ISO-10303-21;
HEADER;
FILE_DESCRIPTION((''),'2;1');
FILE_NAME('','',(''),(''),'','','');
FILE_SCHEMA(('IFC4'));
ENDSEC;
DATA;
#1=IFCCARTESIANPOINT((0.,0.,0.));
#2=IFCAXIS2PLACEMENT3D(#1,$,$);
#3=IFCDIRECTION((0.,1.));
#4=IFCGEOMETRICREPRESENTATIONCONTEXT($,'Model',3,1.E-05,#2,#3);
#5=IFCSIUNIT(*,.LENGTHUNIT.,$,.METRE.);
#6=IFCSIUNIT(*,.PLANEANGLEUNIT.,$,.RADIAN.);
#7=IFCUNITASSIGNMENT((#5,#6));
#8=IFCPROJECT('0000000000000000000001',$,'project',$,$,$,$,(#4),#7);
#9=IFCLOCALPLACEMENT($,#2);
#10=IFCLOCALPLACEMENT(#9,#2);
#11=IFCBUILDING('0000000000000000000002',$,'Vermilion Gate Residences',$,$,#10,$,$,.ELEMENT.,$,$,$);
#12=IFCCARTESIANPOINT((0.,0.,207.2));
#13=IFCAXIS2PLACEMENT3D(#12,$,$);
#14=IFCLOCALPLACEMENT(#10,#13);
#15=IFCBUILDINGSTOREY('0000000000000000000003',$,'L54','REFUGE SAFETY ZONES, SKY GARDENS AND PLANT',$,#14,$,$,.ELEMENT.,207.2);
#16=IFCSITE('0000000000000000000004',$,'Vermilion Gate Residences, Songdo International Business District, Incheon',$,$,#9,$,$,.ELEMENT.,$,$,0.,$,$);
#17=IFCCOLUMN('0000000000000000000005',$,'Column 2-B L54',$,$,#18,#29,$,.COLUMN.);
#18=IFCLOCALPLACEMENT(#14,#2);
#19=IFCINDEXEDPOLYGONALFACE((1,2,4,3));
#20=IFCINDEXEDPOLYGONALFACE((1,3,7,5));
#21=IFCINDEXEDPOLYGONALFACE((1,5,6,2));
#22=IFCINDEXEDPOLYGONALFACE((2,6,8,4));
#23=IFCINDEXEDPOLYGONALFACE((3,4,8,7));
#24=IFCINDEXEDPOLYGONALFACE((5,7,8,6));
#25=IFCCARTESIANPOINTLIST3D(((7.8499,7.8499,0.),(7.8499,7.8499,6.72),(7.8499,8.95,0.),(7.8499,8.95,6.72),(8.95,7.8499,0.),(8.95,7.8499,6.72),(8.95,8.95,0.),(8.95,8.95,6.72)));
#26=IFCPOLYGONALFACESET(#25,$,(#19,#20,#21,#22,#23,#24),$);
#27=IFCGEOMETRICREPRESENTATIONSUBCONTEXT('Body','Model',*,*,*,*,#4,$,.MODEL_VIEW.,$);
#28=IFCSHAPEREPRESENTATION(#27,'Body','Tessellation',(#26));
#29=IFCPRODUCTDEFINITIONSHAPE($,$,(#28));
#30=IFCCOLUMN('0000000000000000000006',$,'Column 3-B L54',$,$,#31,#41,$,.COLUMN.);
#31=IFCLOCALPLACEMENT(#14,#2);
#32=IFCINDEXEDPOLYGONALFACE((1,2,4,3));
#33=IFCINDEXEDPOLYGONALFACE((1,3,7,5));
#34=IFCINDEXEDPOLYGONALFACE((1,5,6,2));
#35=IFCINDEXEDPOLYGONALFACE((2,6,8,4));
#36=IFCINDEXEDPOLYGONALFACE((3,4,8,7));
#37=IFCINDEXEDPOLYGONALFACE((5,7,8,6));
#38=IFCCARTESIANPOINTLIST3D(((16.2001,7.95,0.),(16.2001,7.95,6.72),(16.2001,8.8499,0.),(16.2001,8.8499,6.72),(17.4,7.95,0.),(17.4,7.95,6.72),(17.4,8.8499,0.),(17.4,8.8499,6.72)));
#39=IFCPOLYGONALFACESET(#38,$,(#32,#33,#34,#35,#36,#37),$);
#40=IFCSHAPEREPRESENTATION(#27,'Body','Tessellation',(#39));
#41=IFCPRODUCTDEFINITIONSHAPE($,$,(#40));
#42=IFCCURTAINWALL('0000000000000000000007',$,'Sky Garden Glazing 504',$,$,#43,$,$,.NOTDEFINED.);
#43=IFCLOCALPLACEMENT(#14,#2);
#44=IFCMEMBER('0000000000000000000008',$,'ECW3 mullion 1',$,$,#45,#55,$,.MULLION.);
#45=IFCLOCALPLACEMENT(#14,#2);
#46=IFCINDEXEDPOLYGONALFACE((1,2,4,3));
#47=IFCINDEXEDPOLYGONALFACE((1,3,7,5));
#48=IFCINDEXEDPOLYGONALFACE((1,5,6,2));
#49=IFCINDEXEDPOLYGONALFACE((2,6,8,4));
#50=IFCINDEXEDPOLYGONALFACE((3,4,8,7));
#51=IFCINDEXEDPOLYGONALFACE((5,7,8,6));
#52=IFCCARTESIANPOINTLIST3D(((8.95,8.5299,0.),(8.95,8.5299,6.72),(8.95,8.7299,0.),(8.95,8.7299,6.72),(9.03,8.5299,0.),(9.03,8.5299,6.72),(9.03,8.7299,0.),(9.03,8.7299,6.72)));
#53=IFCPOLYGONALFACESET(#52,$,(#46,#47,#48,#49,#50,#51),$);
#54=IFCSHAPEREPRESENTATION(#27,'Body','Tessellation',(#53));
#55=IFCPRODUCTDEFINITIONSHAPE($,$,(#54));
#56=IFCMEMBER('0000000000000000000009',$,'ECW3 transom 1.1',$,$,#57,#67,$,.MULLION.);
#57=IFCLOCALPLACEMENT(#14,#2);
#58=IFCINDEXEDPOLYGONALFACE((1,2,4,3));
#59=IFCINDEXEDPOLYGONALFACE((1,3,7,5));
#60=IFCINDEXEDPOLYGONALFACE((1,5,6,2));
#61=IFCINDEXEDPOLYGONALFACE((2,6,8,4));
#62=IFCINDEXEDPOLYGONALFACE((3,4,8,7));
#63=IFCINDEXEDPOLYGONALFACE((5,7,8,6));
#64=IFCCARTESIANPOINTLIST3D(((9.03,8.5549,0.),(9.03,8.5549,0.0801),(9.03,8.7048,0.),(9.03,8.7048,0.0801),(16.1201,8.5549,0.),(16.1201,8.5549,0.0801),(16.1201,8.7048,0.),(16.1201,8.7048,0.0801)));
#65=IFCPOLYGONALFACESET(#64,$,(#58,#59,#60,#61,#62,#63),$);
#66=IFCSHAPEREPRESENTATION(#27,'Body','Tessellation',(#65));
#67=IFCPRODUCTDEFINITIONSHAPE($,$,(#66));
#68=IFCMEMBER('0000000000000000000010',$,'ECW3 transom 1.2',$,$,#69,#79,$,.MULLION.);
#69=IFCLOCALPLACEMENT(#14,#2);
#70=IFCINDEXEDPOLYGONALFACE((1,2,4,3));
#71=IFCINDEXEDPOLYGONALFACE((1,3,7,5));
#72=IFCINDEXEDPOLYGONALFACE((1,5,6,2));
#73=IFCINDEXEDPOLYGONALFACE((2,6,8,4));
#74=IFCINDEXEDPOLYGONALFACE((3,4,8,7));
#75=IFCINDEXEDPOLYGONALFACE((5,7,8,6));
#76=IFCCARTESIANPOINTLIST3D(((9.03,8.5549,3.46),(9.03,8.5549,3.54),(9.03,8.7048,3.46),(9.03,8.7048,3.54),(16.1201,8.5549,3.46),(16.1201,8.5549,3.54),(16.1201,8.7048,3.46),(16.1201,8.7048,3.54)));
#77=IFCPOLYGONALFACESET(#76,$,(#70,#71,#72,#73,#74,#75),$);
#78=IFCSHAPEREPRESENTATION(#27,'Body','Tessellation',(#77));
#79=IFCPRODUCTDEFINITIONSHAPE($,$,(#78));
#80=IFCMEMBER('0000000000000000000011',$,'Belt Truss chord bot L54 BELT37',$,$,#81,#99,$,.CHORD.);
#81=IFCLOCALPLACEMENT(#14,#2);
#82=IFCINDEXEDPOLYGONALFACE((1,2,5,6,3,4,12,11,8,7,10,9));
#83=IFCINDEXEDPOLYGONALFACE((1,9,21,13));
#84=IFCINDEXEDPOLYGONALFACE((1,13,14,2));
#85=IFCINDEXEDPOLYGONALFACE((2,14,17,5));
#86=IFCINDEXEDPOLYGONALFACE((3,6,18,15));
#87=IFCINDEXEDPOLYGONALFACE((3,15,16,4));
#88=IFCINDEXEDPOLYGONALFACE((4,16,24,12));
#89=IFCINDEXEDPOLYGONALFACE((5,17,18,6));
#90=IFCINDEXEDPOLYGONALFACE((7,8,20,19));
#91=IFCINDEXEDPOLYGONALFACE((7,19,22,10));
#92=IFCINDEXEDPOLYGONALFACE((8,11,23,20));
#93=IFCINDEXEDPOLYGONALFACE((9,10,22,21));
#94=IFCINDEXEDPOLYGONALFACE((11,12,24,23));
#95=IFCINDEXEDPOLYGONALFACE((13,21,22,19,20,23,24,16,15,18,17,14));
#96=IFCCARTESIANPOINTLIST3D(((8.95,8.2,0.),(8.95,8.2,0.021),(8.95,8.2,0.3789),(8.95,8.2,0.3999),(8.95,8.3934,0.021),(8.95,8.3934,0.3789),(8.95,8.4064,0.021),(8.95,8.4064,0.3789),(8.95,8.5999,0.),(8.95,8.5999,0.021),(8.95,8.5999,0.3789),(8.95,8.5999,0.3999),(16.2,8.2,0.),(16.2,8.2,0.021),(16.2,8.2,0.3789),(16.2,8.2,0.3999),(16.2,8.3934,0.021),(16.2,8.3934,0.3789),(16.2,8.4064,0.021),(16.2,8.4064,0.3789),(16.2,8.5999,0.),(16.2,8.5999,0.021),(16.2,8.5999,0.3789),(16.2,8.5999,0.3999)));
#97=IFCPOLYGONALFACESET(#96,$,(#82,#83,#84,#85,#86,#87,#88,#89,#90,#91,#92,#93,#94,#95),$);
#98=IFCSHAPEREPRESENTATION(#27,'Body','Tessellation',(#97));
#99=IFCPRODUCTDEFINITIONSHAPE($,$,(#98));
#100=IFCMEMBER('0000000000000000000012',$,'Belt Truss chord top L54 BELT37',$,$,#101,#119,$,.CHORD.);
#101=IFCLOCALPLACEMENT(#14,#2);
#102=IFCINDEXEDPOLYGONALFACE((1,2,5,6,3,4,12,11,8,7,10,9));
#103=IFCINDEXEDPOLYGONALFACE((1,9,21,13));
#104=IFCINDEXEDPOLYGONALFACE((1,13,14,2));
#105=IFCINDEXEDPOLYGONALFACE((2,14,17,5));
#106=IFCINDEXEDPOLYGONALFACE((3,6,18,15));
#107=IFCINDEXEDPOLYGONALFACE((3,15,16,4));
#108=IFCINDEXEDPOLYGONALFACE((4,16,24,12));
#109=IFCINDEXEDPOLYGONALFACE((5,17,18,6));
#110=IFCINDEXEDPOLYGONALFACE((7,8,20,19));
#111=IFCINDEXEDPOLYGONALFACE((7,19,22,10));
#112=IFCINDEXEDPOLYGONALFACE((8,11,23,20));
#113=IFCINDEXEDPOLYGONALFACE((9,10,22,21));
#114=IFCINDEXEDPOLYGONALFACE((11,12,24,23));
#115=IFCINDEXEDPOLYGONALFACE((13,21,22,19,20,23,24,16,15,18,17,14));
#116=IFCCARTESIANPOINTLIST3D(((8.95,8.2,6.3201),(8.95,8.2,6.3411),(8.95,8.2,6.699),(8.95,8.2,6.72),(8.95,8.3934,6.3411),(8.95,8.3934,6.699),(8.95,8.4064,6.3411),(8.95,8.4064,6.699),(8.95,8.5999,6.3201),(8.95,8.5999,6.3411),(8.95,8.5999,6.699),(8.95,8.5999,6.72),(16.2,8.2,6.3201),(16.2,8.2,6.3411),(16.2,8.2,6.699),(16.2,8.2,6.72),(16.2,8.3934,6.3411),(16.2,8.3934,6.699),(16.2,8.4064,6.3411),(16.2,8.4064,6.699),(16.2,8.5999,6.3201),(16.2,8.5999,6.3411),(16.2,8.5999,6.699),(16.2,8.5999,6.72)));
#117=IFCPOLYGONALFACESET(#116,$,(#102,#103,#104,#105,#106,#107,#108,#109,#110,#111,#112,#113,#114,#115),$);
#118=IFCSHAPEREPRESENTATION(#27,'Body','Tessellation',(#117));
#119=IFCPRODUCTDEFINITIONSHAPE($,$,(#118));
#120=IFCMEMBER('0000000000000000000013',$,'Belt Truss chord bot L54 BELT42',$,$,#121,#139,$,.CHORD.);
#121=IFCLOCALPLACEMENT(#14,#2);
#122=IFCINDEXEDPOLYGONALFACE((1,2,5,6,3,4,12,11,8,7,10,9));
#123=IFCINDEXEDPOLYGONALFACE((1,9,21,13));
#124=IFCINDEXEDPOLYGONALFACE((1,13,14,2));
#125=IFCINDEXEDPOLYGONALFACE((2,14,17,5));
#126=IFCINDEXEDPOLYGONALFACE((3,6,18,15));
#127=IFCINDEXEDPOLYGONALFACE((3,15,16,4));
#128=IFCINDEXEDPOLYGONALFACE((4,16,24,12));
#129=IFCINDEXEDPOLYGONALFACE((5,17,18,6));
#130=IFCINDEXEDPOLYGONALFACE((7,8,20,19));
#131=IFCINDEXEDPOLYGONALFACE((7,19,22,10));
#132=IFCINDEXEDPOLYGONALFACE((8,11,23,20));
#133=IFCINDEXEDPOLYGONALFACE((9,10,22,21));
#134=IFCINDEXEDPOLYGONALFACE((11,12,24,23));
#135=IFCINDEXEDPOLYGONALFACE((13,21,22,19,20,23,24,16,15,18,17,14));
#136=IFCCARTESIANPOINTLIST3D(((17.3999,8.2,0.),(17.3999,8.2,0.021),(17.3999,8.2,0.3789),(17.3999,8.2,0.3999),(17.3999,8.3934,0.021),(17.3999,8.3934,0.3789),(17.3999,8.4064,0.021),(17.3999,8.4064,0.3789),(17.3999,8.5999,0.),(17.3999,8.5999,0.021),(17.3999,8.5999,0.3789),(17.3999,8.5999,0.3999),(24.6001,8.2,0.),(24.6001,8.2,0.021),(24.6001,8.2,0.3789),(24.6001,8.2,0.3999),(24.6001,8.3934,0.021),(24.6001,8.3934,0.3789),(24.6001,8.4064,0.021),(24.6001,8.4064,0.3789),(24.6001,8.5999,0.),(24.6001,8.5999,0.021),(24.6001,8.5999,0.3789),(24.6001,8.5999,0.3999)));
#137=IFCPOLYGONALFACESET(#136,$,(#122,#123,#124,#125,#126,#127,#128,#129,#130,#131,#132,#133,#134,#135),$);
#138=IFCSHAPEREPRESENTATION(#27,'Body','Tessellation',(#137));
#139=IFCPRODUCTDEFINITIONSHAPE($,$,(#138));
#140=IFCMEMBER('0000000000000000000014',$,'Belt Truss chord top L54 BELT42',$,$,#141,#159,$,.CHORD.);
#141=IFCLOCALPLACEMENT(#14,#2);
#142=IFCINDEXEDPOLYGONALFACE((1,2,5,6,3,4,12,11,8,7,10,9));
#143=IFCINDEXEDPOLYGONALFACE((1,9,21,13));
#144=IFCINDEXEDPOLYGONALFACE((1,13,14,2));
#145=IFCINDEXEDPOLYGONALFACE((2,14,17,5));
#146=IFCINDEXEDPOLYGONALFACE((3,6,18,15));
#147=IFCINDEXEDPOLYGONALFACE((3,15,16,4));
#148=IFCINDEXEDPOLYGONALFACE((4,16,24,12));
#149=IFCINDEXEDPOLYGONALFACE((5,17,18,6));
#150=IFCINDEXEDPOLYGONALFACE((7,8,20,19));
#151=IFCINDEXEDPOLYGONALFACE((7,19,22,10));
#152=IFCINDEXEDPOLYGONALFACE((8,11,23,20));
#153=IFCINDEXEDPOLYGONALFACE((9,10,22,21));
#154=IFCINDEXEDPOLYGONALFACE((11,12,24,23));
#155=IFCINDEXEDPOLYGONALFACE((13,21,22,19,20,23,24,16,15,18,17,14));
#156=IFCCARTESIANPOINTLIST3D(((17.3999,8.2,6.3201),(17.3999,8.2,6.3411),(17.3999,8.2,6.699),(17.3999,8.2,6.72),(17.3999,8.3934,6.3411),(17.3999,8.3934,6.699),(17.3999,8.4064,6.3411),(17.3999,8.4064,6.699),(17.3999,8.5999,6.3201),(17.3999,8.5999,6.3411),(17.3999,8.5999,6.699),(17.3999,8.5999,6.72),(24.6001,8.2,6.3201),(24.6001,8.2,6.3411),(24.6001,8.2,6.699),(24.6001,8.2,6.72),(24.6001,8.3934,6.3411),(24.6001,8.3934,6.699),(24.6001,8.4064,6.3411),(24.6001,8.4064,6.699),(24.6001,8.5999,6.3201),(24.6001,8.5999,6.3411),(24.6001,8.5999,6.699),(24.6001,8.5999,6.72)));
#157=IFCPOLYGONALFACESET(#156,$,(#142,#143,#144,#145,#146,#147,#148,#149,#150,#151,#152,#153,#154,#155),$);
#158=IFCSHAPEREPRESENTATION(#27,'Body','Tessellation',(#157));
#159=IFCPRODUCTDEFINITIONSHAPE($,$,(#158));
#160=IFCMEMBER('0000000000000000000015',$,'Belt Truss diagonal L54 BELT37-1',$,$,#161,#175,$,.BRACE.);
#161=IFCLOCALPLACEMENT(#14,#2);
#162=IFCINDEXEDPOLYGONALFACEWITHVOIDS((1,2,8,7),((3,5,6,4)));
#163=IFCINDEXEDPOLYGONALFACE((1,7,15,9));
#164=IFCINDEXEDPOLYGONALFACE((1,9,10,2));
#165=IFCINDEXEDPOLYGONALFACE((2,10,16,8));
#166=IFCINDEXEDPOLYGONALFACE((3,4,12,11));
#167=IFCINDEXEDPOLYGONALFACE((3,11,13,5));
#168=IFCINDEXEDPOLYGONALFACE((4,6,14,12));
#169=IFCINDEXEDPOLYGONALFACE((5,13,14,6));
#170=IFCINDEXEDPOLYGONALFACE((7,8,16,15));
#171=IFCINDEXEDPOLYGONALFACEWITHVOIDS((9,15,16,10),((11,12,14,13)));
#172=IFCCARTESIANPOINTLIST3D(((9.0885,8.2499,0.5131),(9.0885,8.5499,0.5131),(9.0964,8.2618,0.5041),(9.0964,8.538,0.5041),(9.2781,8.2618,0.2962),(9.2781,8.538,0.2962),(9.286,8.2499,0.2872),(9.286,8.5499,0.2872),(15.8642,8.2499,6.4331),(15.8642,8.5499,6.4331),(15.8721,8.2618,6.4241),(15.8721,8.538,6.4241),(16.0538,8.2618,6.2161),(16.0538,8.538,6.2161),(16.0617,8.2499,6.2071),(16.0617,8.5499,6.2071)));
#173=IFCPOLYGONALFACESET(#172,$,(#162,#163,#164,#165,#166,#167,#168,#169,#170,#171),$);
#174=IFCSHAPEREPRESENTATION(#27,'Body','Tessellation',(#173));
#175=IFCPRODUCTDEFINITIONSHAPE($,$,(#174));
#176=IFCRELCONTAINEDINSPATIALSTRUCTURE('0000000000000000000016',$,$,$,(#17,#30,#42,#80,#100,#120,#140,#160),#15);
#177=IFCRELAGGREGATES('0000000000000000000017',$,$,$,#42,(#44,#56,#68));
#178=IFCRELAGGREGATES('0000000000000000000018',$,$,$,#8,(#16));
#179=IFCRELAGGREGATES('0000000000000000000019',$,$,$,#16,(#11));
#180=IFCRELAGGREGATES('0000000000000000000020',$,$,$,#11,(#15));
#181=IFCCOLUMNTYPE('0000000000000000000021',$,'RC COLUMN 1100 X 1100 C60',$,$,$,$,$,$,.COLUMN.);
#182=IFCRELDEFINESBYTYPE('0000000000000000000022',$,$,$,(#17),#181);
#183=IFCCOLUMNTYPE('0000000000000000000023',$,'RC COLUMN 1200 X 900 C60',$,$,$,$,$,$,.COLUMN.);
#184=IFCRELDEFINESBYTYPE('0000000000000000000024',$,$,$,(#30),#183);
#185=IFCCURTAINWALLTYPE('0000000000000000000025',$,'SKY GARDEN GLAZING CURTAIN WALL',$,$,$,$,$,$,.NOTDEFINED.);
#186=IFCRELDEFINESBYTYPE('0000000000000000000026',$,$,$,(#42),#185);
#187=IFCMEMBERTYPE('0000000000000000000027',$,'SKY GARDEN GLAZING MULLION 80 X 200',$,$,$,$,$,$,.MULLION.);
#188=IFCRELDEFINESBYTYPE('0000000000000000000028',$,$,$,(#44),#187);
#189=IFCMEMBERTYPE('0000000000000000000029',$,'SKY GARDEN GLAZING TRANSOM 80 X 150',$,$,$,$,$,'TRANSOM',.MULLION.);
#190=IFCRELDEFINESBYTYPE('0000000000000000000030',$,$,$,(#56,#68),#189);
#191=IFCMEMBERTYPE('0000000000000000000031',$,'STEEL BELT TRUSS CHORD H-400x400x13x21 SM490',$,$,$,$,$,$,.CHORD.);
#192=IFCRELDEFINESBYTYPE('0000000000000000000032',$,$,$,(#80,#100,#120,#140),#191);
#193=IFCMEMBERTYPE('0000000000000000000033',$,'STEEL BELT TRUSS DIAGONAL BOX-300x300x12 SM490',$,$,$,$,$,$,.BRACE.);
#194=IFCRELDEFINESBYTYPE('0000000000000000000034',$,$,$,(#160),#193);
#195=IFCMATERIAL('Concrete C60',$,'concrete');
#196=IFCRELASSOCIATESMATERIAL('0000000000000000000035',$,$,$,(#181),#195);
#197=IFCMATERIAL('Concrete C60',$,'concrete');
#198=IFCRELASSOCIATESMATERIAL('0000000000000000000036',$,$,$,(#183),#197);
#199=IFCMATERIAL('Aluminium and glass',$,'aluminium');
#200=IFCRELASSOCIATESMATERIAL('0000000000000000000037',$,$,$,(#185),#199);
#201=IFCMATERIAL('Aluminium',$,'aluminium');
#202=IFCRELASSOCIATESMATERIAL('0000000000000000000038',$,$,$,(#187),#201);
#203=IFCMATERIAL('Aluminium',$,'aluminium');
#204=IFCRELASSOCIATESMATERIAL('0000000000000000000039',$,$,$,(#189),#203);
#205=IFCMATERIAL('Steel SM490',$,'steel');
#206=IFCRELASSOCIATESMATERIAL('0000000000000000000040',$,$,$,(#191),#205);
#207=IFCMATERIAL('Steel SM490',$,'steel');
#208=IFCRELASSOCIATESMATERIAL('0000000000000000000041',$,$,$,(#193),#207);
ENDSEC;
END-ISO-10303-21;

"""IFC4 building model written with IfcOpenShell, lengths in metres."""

from ifc_helpers import new_model, si_unit, direction, frame, origin, origin_2d, place, context, subcontext, project, spatial, rectangle, hollow_rectangle, i_section, extrude, material, material_profile, profile_set, type_object, element, aggregate, save


model = new_model("IFC4")

# Units and contexts
model_context = context("Model", 3, precision=1e-05, world=origin(), true_north=direction((0.0, 1.0)))
body_context = subcontext(model_context, "Body", "Model", "MODEL_VIEW")
ifc_project = project(units=[si_unit("LENGTHUNIT", "METRE"), si_unit("PLANEANGLEUNIT", "RADIAN")], contexts=[model_context])

# Site, building, storey
site_placement = place(None, origin())
site = spatial("IfcSite", under=ifc_project, at=site_placement, Name="Vermilion Gate Residences, Songdo International Business District, Incheon", CompositionType="ELEMENT", RefElevation=0.0)
building_placement = place(site_placement, origin())
building = spatial("IfcBuilding", under=site, at=building_placement, Name="Vermilion Gate Residences", CompositionType="ELEMENT")
storey_placement = place(building_placement, frame((0.0, 0.0, 207.2)))
storey = spatial("IfcBuildingStorey", under=building, at=storey_placement, Name="L54", Description="REFUGE SAFETY ZONES, SKY GARDENS AND PLANT", CompositionType="ELEMENT", Elevation=207.2)

# Columns
ifc_material_1 = material(Name="Concrete C60", Category="concrete")
ifc_material_profile_1 = material_profile(ifc_material_1, rectangle(XDim=1.1001, YDim=1.1001, at=origin_2d()), Name="RC-1100x1100")
ifc_profile_set_1 = profile_set([ifc_material_profile_1], Name="Concrete C60")
column_type_1 = type_object("IfcColumnType", Name="RC COLUMN 1100 X 1100 C60", PredefinedType="COLUMN", material=ifc_profile_set_1)
column_1_placement = place(storey_placement, frame((8.3999, 8.3999, 0.0), z_axis=(0.0, 0.0, 1.0), x_axis=(1.0, 0.0, 0.0)))
element("IfcColumn", 1, at=column_1_placement, inside=storey, type_object=column_type_1, Name="Column 2-B L54", PredefinedType="COLUMN", context=body_context, shape_type="SweptSolid", body=[
    extrude(rectangle(XDim=1.1001, YDim=1.1001, at=origin_2d()), origin(), (0.0, 0.0, 1.0), 6.72),
])
ifc_material_2 = material(Name="Concrete C60", Category="concrete")
ifc_material_profile_2 = material_profile(ifc_material_2, rectangle(XDim=1.2, YDim=0.8999, at=origin_2d()), Name="RC-1200x900")
ifc_profile_set_2 = profile_set([ifc_material_profile_2], Name="Concrete C60")
column_type_2 = type_object("IfcColumnType", Name="RC COLUMN 1200 X 900 C60", PredefinedType="COLUMN", material=ifc_profile_set_2)
column_2_placement = place(storey_placement, frame((16.8, 8.3999, 0.0), z_axis=(0.0, 0.0, 1.0), x_axis=(1.0, 0.0, 0.0)))
element("IfcColumn", 2, at=column_2_placement, inside=storey, type_object=column_type_2, Name="Column 3-B L54", PredefinedType="COLUMN", context=body_context, shape_type="SweptSolid", body=[
    extrude(rectangle(XDim=1.2, YDim=0.8999, at=origin_2d()), origin(), (0.0, 0.0, 1.0), 6.72),
])

# Curtain wall, members
ifc_material_3 = material(Name="Aluminium and glass", Category="aluminium")
curtain_wall_type = type_object("IfcCurtainWallType", Name="SKY GARDEN GLAZING CURTAIN WALL", PredefinedType="NOTDEFINED", material=ifc_material_3)
curtain_wall_placement = place(storey_placement, origin())
curtain_wall = element("IfcCurtainWall", 3, at=curtain_wall_placement, inside=storey, type_object=curtain_wall_type, Name="Sky Garden Glazing 504", PredefinedType="NOTDEFINED")
ifc_material_4 = material(Name="Aluminium", Category="aluminium")
ifc_material_profile_3 = material_profile(ifc_material_4, rectangle(XDim=0.2, YDim=0.0801, at=origin_2d()), Name="MULLION 80 X 200")
ifc_profile_set_3 = profile_set([ifc_material_profile_3], Name="Aluminium")
member_type_1 = type_object("IfcMemberType", Name="SKY GARDEN GLAZING MULLION 80 X 200", PredefinedType="MULLION", material=ifc_profile_set_3)
member_1_placement = place(storey_placement, frame((8.99, 8.6299, 0.0), z_axis=(0.0, 0.0, 1.0), x_axis=(0.0, 1.0, 0.0)))
member_1 = element("IfcMember", 4, at=member_1_placement, type_object=member_type_1, Name="ECW3 mullion 1", PredefinedType="MULLION", context=body_context, shape_type="SweptSolid", body=[
    extrude(rectangle(XDim=0.2, YDim=0.0801, at=origin_2d()), origin(), (0.0, 0.0, 1.0), 6.72),
])
ifc_material_5 = material(Name="Aluminium", Category="aluminium")
ifc_material_profile_4 = material_profile(ifc_material_5, rectangle(XDim=0.1499, YDim=0.0801, at=origin_2d()), Name="TRANSOM 80 X 150")
ifc_profile_set_4 = profile_set([ifc_material_profile_4], Name="Aluminium")
member_type_2 = type_object("IfcMemberType", Name="SKY GARDEN GLAZING TRANSOM 80 X 150", ElementType="TRANSOM", PredefinedType="MULLION", material=ifc_profile_set_4)
member_2_placement = place(storey_placement, frame((9.03, 8.6299, 0.04), z_axis=(1.0, 0.0, 0.0), x_axis=(0.0, 1.0, 0.0)))
member_2 = element("IfcMember", 5, at=member_2_placement, type_object=member_type_2, Name="ECW3 transom 1.1", PredefinedType="MULLION", context=body_context, shape_type="SweptSolid", body=[
    extrude(rectangle(XDim=0.1499, YDim=0.0801, at=origin_2d()), origin(), (0.0, 0.0, 1.0), 7.0901),
])
member_3_placement = place(storey_placement, frame((9.03, 8.6299, 3.5), z_axis=(1.0, 0.0, 0.0), x_axis=(0.0, 1.0, 0.0)))
member_3 = element("IfcMember", 6, at=member_3_placement, type_object=member_type_2, Name="ECW3 transom 1.2", PredefinedType="MULLION", context=body_context, shape_type="SweptSolid", body=[
    extrude(rectangle(XDim=0.1499, YDim=0.0801, at=origin_2d()), origin(), (0.0, 0.0, 1.0), 7.0901),
])
aggregate(curtain_wall, [member_1, member_2, member_3])

# Members
ifc_material_6 = material(Name="Steel SM490", Category="steel")
ifc_material_profile_5 = material_profile(ifc_material_6, i_section(OverallWidth=0.3999, OverallDepth=0.3999, WebThickness=0.0129, FlangeThickness=0.021, at=origin_2d()), Name="H-400x400x13x21")
ifc_profile_set_5 = profile_set([ifc_material_profile_5], Name="Steel SM490")
member_type_3 = type_object("IfcMemberType", Name="STEEL BELT TRUSS CHORD H-400x400x13x21 SM490", PredefinedType="CHORD", material=ifc_profile_set_5)
for number, where, z_axis, x_axis, name in (
    (7, (8.95, 8.3999, 0.2), (1.0, 0.0, 0.0), (0.0, 1.0, 0.0), "Belt Truss chord bot L54 BELT37"),
    (8, (8.95, 8.3999, 6.52), (1.0, 0.0, 0.0), (0.0, 1.0, 0.0), "Belt Truss chord top L54 BELT37"),
):
    element("IfcMember", number, at=place(storey_placement, frame(where, z_axis=z_axis, x_axis=x_axis)), inside=storey, type_object=member_type_3, Name=name, PredefinedType="CHORD", context=body_context, shape_type="SweptSolid", body=[
        extrude(i_section(OverallWidth=0.3999, OverallDepth=0.3999, WebThickness=0.0129, FlangeThickness=0.021, at=origin_2d()), origin(), (0.0, 0.0, 1.0), 7.25),
    ])
for number, where, z_axis, x_axis, name in (
    (9, (17.3999, 8.3999, 0.2), (1.0, 0.0, 0.0), (0.0, 1.0, 0.0), "Belt Truss chord bot L54 BELT42"),
    (10, (17.3999, 8.3999, 6.52), (1.0, 0.0, 0.0), (0.0, 1.0, 0.0), "Belt Truss chord top L54 BELT42"),
):
    element("IfcMember", number, at=place(storey_placement, frame(where, z_axis=z_axis, x_axis=x_axis)), inside=storey, type_object=member_type_3, Name=name, PredefinedType="CHORD", context=body_context, shape_type="SweptSolid", body=[
        extrude(i_section(OverallWidth=0.3999, OverallDepth=0.3999, WebThickness=0.0129, FlangeThickness=0.021, at=origin_2d()), origin(), (0.0, 0.0, 1.0), 7.2002),
    ])
ifc_material_7 = material(Name="Steel SM490", Category="steel")
ifc_material_profile_6 = material_profile(ifc_material_7, hollow_rectangle(XDim=0.3, YDim=0.3, WallThickness=0.012, at=origin_2d()), Name="BOX-300x300x12")
ifc_profile_set_6 = profile_set([ifc_material_profile_6], Name="Steel SM490")
member_type_4 = type_object("IfcMemberType", Name="STEEL BELT TRUSS DIAGONAL BOX-300x300x12 SM490", PredefinedType="BRACE", material=ifc_profile_set_6)
member_4_placement = place(storey_placement, frame((9.1873, 8.3999, 0.4001), z_axis=(0.753059, 0.0, 0.657953), x_axis=(0.0, 1.0, 0.0)))
element("IfcMember", 11, at=member_4_placement, inside=storey, type_object=member_type_4, Name="Belt Truss diagonal L54 BELT37-1", PredefinedType="BRACE", context=body_context, shape_type="SweptSolid", body=[
    extrude(hollow_rectangle(XDim=0.3, YDim=0.3, WallThickness=0.012, at=origin_2d()), origin(), (0.0, 0.0, 1.0), 8.9976),
])

save(model, "model.ifc")
